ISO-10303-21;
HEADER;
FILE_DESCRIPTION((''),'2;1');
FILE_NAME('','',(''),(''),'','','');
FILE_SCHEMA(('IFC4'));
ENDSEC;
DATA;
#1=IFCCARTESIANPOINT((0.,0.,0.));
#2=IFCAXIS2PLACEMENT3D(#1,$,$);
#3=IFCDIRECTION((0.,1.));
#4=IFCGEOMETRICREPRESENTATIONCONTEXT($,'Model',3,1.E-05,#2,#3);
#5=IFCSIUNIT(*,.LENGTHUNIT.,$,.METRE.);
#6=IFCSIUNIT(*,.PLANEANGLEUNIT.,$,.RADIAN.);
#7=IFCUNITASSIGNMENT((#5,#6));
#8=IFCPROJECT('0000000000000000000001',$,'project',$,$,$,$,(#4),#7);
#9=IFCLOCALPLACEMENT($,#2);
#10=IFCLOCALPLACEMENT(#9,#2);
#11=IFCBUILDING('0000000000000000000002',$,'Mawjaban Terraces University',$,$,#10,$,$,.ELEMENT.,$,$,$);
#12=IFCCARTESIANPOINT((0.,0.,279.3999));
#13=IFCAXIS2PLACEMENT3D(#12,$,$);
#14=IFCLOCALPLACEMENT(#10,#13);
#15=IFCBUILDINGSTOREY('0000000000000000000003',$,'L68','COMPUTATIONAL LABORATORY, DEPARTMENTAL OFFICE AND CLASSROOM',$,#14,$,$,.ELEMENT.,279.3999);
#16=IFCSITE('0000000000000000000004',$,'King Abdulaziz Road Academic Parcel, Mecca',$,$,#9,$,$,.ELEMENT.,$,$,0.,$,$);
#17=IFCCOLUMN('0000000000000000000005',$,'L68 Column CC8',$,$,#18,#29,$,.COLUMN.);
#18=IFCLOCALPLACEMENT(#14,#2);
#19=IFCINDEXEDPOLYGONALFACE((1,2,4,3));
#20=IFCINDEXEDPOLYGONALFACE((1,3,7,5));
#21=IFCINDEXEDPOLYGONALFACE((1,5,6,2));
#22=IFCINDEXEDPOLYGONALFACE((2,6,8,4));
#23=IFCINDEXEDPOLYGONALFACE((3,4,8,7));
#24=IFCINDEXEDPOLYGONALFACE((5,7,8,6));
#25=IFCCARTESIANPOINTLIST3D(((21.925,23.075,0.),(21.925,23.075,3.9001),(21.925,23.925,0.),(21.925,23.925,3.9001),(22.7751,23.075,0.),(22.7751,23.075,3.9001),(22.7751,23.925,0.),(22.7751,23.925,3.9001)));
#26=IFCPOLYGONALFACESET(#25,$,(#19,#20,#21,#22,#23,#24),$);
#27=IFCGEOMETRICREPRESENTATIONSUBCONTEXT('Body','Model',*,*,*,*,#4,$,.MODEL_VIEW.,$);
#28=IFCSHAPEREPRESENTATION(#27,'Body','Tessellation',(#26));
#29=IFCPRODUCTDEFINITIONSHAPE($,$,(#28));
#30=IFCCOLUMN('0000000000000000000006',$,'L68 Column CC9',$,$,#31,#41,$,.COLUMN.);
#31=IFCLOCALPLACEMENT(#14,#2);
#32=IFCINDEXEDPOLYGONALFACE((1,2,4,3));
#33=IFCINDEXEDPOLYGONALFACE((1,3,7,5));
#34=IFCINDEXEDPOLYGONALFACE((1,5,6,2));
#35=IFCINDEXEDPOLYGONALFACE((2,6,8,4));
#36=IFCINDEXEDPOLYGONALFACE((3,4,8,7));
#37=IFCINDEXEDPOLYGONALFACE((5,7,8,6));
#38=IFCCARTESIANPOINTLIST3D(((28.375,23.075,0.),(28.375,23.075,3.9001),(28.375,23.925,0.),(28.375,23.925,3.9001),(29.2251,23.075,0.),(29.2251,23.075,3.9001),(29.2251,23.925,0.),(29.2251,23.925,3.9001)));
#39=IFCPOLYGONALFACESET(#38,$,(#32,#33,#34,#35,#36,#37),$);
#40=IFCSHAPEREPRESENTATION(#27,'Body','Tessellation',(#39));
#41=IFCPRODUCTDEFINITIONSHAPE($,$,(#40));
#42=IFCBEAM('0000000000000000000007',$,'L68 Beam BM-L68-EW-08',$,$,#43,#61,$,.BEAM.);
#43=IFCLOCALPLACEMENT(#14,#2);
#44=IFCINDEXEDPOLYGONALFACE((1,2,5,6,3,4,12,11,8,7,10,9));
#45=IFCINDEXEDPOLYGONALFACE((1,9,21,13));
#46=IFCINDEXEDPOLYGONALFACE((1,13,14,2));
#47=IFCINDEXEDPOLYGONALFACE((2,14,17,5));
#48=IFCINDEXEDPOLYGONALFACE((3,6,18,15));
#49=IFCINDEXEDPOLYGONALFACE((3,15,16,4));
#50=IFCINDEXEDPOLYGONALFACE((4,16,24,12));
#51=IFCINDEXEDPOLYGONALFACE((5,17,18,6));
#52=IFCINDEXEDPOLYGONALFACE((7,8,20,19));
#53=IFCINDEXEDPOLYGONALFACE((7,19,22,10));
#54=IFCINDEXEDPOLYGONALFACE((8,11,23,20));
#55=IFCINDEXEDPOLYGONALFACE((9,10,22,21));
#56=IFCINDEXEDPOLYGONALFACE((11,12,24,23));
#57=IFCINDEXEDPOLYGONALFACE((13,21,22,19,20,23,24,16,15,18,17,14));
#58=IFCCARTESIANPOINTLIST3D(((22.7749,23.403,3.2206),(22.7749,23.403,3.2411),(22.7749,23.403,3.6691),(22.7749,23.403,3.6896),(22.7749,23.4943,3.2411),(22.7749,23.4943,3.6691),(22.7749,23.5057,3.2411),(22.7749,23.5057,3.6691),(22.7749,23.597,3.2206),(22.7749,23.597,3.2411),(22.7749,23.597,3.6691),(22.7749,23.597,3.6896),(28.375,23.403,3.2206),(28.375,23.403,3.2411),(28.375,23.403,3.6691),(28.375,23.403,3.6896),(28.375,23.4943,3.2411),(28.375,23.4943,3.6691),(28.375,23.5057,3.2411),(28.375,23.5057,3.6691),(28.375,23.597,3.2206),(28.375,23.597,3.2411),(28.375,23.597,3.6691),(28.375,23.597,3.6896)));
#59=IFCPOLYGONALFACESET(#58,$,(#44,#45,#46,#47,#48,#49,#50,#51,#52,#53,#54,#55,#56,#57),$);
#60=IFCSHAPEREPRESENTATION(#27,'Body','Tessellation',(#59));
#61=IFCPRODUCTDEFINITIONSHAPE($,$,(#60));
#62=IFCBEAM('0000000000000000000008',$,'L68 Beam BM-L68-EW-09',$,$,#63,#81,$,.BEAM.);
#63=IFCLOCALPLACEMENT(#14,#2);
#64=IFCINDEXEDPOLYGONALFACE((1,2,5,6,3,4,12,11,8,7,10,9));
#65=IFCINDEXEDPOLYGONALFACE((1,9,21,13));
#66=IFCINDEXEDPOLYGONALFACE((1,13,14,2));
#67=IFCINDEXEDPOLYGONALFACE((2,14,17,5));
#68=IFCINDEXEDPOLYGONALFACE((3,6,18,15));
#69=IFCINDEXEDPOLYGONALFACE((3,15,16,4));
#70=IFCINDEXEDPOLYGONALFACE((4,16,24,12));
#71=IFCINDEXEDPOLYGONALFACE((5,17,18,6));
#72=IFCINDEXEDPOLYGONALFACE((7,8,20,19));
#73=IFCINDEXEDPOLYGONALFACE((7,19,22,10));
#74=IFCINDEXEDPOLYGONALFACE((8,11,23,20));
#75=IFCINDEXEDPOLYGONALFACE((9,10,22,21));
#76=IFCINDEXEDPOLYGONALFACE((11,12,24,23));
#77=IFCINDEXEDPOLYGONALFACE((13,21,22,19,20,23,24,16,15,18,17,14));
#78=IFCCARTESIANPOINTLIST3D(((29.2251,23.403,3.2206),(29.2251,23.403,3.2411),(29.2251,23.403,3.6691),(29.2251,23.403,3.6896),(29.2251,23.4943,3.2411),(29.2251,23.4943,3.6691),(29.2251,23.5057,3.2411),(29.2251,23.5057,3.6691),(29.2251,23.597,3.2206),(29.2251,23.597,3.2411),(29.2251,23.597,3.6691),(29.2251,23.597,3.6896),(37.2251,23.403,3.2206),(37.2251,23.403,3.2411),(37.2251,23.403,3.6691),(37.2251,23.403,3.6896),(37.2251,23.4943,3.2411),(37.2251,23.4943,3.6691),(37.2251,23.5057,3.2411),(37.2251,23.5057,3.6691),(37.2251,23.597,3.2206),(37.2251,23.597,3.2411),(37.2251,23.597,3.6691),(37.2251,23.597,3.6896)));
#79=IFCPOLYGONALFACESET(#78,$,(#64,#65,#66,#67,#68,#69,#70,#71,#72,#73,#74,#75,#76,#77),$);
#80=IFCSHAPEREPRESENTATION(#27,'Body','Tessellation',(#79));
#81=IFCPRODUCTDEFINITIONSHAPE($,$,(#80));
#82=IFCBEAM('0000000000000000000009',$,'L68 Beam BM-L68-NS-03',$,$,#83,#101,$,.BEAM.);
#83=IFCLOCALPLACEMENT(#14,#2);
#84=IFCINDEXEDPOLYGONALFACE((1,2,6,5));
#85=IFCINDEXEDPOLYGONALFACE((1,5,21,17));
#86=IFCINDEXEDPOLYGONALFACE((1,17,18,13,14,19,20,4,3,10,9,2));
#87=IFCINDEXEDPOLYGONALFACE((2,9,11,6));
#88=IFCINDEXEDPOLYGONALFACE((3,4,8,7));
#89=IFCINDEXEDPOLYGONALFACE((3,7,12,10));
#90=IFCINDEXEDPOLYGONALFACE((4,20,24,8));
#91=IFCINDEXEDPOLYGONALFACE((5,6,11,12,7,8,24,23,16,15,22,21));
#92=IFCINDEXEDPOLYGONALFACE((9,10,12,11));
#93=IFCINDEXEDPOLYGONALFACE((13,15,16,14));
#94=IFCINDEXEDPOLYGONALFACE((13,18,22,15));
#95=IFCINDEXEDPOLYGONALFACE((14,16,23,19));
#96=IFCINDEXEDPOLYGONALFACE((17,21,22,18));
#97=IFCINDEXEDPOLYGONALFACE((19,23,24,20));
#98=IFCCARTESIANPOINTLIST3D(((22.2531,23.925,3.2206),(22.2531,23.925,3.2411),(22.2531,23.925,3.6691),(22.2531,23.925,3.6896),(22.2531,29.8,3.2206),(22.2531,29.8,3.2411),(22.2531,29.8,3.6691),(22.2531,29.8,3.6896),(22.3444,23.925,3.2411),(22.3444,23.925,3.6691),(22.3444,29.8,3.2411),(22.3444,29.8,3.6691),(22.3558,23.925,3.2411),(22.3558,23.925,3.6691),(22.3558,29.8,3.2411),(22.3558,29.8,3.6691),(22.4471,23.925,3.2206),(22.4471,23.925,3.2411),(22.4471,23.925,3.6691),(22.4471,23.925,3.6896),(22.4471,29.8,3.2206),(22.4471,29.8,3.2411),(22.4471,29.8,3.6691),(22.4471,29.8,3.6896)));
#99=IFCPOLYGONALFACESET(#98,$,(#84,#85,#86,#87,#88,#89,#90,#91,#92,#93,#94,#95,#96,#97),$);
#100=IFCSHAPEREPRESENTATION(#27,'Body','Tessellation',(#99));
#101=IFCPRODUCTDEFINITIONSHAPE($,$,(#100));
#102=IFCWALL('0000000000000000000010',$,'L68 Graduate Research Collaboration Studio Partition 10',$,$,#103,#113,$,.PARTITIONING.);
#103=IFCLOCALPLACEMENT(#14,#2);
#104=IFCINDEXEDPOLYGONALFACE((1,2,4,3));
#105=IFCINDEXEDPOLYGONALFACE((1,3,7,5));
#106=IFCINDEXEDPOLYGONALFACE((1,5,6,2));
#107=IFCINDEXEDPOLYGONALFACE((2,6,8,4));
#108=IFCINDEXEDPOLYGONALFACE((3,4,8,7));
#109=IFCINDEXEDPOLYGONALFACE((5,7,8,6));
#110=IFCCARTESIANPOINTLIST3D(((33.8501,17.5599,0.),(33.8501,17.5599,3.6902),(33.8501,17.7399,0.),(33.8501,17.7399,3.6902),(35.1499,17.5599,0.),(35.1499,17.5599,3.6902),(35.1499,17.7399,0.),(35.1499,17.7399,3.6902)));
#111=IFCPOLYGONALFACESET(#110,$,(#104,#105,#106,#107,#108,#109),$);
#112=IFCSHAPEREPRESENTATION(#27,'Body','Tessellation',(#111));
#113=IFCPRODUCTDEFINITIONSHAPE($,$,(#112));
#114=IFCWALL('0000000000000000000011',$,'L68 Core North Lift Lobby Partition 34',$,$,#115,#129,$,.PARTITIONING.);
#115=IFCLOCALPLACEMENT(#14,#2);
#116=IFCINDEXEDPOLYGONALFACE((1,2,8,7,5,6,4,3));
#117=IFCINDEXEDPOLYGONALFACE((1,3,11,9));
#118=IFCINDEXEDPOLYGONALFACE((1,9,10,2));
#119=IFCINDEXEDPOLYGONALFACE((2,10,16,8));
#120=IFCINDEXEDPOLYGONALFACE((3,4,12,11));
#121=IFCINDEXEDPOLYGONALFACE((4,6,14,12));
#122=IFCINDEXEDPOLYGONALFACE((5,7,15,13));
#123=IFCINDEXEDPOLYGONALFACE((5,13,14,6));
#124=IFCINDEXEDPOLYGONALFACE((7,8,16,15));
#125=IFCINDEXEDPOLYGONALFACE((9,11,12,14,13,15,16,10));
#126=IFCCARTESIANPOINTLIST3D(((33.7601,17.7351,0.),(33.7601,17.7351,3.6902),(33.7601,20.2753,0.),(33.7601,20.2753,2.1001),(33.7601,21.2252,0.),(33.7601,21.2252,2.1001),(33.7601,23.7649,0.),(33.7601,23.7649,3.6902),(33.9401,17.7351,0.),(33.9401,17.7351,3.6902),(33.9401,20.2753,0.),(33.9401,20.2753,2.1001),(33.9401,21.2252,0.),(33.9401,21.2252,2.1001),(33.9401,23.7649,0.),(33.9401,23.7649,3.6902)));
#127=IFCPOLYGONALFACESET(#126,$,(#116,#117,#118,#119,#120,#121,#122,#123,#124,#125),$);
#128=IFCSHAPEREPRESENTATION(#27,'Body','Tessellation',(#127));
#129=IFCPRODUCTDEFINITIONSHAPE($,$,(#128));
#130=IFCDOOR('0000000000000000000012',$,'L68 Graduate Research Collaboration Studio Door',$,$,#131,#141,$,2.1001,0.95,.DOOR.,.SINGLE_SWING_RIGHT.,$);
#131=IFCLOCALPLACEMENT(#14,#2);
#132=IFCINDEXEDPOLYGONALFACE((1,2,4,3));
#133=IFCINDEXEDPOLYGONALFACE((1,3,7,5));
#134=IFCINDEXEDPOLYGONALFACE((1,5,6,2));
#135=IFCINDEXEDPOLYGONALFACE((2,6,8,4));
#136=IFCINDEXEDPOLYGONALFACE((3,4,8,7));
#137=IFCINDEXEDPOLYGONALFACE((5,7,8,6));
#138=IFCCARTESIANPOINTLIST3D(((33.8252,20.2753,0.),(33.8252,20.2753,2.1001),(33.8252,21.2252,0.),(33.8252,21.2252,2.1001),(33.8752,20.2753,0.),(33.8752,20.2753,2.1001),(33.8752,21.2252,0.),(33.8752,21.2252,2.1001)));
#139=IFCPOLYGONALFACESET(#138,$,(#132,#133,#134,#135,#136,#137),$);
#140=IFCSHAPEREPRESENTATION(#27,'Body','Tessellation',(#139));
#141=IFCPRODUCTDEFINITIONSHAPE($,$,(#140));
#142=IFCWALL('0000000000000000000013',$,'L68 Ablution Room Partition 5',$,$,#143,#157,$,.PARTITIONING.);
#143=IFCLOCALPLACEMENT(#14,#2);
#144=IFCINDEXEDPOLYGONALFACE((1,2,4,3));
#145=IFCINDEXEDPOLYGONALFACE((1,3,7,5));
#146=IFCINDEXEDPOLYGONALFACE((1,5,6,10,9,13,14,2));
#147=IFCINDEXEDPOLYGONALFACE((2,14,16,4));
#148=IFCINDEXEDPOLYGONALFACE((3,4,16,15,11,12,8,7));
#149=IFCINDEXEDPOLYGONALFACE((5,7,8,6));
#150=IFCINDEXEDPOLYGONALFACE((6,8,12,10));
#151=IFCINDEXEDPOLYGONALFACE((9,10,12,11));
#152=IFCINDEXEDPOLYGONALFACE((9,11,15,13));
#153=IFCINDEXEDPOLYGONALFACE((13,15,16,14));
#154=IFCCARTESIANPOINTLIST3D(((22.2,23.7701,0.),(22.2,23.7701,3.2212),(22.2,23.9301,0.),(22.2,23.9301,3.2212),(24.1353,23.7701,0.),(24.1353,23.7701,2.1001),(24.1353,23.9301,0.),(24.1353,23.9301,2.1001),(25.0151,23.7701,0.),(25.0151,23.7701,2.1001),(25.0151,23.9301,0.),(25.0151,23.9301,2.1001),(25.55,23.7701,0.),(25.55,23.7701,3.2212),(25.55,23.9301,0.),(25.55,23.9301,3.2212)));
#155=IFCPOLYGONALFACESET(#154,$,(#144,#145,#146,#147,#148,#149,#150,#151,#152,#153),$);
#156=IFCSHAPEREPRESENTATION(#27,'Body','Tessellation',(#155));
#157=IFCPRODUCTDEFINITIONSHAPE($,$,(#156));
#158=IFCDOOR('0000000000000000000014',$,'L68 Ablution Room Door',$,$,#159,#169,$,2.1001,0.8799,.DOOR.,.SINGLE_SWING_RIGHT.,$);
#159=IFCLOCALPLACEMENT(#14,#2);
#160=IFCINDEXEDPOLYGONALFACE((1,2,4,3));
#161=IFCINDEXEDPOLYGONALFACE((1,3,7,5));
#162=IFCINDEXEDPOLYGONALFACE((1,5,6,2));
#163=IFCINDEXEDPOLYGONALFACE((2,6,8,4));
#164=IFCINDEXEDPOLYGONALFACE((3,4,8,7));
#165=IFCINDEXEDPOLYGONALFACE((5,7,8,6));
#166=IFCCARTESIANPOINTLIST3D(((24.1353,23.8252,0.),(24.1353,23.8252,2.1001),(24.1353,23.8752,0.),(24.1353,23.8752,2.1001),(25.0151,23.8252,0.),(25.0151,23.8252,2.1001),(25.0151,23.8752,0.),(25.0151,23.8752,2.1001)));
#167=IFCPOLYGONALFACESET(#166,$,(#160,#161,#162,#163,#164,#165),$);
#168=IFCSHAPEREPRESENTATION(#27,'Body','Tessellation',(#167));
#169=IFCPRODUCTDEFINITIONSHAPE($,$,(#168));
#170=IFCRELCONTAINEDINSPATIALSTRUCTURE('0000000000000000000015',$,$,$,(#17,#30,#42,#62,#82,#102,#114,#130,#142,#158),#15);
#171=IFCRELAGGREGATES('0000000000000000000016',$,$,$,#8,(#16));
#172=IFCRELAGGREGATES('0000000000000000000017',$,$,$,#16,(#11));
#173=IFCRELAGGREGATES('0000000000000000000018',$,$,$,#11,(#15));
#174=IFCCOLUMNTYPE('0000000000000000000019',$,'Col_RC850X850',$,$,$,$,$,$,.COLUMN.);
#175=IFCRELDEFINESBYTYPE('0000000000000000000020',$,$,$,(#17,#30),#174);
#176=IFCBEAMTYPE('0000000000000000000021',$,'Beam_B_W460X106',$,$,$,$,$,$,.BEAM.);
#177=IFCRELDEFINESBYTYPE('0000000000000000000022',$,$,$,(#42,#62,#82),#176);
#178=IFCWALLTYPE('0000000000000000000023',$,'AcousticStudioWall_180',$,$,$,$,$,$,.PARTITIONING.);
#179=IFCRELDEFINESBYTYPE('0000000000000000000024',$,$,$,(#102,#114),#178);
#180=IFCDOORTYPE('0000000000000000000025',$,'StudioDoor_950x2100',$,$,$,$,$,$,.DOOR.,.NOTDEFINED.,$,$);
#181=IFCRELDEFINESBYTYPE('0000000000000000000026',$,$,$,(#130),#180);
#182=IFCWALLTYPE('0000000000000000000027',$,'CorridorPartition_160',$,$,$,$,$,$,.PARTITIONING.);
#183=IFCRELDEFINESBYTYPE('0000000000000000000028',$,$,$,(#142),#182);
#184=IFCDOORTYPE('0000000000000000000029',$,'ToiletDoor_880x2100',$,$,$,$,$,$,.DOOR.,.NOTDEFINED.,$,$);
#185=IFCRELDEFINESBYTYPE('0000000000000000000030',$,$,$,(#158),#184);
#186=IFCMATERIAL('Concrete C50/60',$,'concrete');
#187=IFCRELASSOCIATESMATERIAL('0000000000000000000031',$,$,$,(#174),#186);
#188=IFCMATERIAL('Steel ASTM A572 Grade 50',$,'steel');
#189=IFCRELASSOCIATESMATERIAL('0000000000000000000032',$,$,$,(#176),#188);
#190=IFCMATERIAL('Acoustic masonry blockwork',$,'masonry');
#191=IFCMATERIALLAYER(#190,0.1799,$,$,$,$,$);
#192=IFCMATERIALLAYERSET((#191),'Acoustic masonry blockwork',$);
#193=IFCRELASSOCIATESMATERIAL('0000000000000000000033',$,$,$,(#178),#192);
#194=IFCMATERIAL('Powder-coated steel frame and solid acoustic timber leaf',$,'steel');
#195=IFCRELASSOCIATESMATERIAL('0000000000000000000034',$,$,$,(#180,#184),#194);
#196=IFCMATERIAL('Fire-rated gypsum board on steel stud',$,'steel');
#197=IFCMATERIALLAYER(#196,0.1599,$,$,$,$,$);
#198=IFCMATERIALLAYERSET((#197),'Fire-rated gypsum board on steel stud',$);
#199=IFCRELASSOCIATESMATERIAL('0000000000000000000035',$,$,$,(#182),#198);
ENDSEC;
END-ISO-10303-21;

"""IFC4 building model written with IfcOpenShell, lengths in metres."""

from ifc_helpers import new_model, si_unit, direction, frame, frame_2d, origin, origin_2d, place, context, subcontext, project, spatial, rectangle, i_section, extrude, material, layer, layer_set, material_profile, profile_set, type_object, element, fill, save


model = new_model("IFC4")

# Units and contexts
model_context = context("Model", 3, precision=1e-05, world=origin(), true_north=direction((0.0, 1.0)))
body_context = subcontext(model_context, "Body", "Model", "MODEL_VIEW")
ifc_project = project(units=[si_unit("LENGTHUNIT", "METRE"), si_unit("PLANEANGLEUNIT", "RADIAN")], contexts=[model_context])

# Site, building, storey
site_placement = place(None, origin())
site = spatial("IfcSite", under=ifc_project, at=site_placement, Name="King Abdulaziz Road Academic Parcel, Mecca", CompositionType="ELEMENT", RefElevation=0.0)
building_placement = place(site_placement, origin())
building = spatial("IfcBuilding", under=site, at=building_placement, Name="Mawjaban Terraces University", CompositionType="ELEMENT")
storey_placement = place(building_placement, frame((0.0, 0.0, 279.3999)))
storey = spatial("IfcBuildingStorey", under=building, at=storey_placement, Name="L68", Description="COMPUTATIONAL LABORATORY, DEPARTMENTAL OFFICE AND CLASSROOM", CompositionType="ELEMENT", Elevation=279.3999)

# Columns
ifc_material_1 = material(Name="Concrete C50/60", Category="concrete")
ifc_material_profile_1 = material_profile(ifc_material_1, rectangle(XDim=0.8501, YDim=0.8501, at=origin_2d()), Name="RC850X850")
ifc_profile_set_1 = profile_set([ifc_material_profile_1], Name="Concrete C50/60")
column_type = type_object("IfcColumnType", Name="Col_RC850X850", PredefinedType="COLUMN", material=ifc_profile_set_1)
for number, where, z_axis, x_axis, name in (
    (1, (22.3501, 23.5, 0.0), (0.0, 0.0, 1.0), (1.0, 0.0, 0.0), "L68 Column CC8"),
    (2, (28.8, 23.5, 0.0), (0.0, 0.0, 1.0), (1.0, 0.0, 0.0), "L68 Column CC9"),
):
    element("IfcColumn", number, at=place(storey_placement, frame(where, z_axis=z_axis, x_axis=x_axis)), inside=storey, type_object=column_type, Name=name, PredefinedType="COLUMN", context=body_context, shape_type="SweptSolid", body=[
        extrude(rectangle(XDim=0.8501, YDim=0.8501, at=origin_2d()), origin(), (0.0, 0.0, 1.0), 3.9001),
    ])

# Beams
ifc_material_2 = material(Name="Steel ASTM A572 Grade 50", Category="steel")
ifc_material_profile_2 = material_profile(ifc_material_2, i_section(OverallWidth=0.1941, OverallDepth=0.469, WebThickness=0.0115, FlangeThickness=0.0205, at=origin_2d()), Name="W460X106")
ifc_profile_set_2 = profile_set([ifc_material_profile_2], Name="Steel ASTM A572 Grade 50")
beam_type = type_object("IfcBeamType", Name="Beam_B_W460X106", PredefinedType="BEAM", material=ifc_profile_set_2)
beam_1_placement = place(storey_placement, frame((22.7749, 23.5, 3.4551), z_axis=(1.0, 0.0, 0.0), x_axis=(0.0, 1.0, 0.0)))
element("IfcBeam", 3, at=beam_1_placement, inside=storey, type_object=beam_type, Name="L68 Beam BM-L68-EW-08", PredefinedType="BEAM", context=body_context, shape_type="SweptSolid", body=[
    extrude(i_section(OverallWidth=0.1941, OverallDepth=0.469, WebThickness=0.0115, FlangeThickness=0.0205, at=origin_2d()), origin(), (0.0, 0.0, 1.0), 5.6001),
])
beam_2_placement = place(storey_placement, frame((29.2251, 23.5, 3.4551), z_axis=(1.0, 0.0, 0.0), x_axis=(0.0, 1.0, 0.0)))
element("IfcBeam", 4, at=beam_2_placement, inside=storey, type_object=beam_type, Name="L68 Beam BM-L68-EW-09", PredefinedType="BEAM", context=body_context, shape_type="SweptSolid", body=[
    extrude(i_section(OverallWidth=0.1941, OverallDepth=0.469, WebThickness=0.0115, FlangeThickness=0.0205, at=origin_2d()), origin(), (0.0, 0.0, 1.0), 8.0),
])
beam_3_placement = place(storey_placement, frame((22.3501, 23.925, 3.4551), z_axis=(0.0, 1.0, 0.0), x_axis=(-1.0, 0.0, 0.0)))
element("IfcBeam", 5, at=beam_3_placement, inside=storey, type_object=beam_type, Name="L68 Beam BM-L68-NS-03", PredefinedType="BEAM", context=body_context, shape_type="SweptSolid", body=[
    extrude(i_section(OverallWidth=0.1941, OverallDepth=0.469, WebThickness=0.0115, FlangeThickness=0.0205, at=origin_2d()), origin(), (0.0, 0.0, 1.0), 5.875),
])

# Wall
ifc_material_3 = material(Name="Acoustic masonry blockwork", Category="masonry")
ifc_layer_1 = layer(ifc_material_3, 0.1799)
ifc_layer_set_1 = layer_set([ifc_layer_1], Name="Acoustic masonry blockwork")
wall_type_1 = type_object("IfcWallType", Name="AcousticStudioWall_180", PredefinedType="PARTITIONING", material=ifc_layer_set_1)
wall_1_placement = place(storey_placement, frame((33.8501, 17.6499, 0.0), z_axis=(0.0, 0.0, 1.0), x_axis=(1.0, 0.0, 0.0)))
element("IfcWall", 6, at=wall_1_placement, inside=storey, type_object=wall_type_1, Name="L68 Graduate Research Collaboration Studio Partition 10", PredefinedType="PARTITIONING", context=body_context, shape_type="SweptSolid", body=[
    extrude(rectangle(XDim=1.2998, YDim=0.1799, at=frame_2d((0.6499, 0.0))), origin(), (0.0, 0.0, 1.0), 3.6902),
])

# Walls, openings, doors
wall_2_placement = place(storey_placement, frame((33.8501, 17.7351, 0.0), z_axis=(0.0, 0.0, 1.0), x_axis=(0.0, 1.0, 0.0)))
wall_2 = element("IfcWall", 7, at=wall_2_placement, inside=storey, type_object=wall_type_1, Name="L68 Core North Lift Lobby Partition 34", PredefinedType="PARTITIONING", context=body_context, shape_type="SweptSolid", body=[
    extrude(rectangle(XDim=6.0298, YDim=0.1799, at=frame_2d((3.0149, 0.0))), origin(), (0.0, 0.0, 1.0), 3.6902),
])
opening_1_placement = place(wall_2_placement, frame((2.54, 0.0, 0.0)))
opening_1 = element("IfcOpeningElement", 8, at=opening_1_placement, cuts=wall_2, PredefinedType="OPENING", context=body_context, shape_type="SweptSolid", body=[
    extrude(rectangle(XDim=0.95, YDim=2.1001, at=frame_2d((0.4751, 1.05))), frame((0.0, 0.0999, 0.0), z_axis=(0.0, -1.0, 0.0), x_axis=(1.0, 0.0, 0.0)), (0.0, 0.0, 1.0), 0.2),
])
ifc_material_4 = material(Name="Powder-coated steel frame and solid acoustic timber leaf", Category="steel")
door_type_1 = type_object("IfcDoorType", Name="StudioDoor_950x2100", OperationType="NOTDEFINED", PredefinedType="DOOR", material=ifc_material_4)
door_1_placement = place(opening_1_placement, origin())
door_1 = element("IfcDoor", 9, at=door_1_placement, inside=storey, type_object=door_type_1, Name="L68 Graduate Research Collaboration Studio Door", OperationType="SINGLE_SWING_RIGHT", OverallHeight=2.1001, OverallWidth=0.95, PredefinedType="DOOR", context=body_context, shape_type="SweptSolid", body=[
    extrude(rectangle(XDim=0.95, YDim=2.1001, at=frame_2d((0.4751, 1.05))), frame((0.0, 0.0249, 0.0), z_axis=(0.0, -1.0, 0.0), x_axis=(1.0, 0.0, 0.0)), (0.0, 0.0, 1.0), 0.05),
])
fill(opening_1, door_1)
ifc_material_5 = material(Name="Fire-rated gypsum board on steel stud", Category="steel")
ifc_layer_2 = layer(ifc_material_5, 0.1599)
ifc_layer_set_2 = layer_set([ifc_layer_2], Name="Fire-rated gypsum board on steel stud")
wall_type_2 = type_object("IfcWallType", Name="CorridorPartition_160", PredefinedType="PARTITIONING", material=ifc_layer_set_2)
wall_3_placement = place(storey_placement, frame((25.55, 23.8501, 0.0), z_axis=(0.0, 0.0, 1.0), x_axis=(-1.0, 0.0, 0.0)))
wall_3 = element("IfcWall", 10, at=wall_3_placement, inside=storey, type_object=wall_type_2, Name="L68 Ablution Room Partition 5", PredefinedType="PARTITIONING", context=body_context, shape_type="SweptSolid", body=[
    extrude(rectangle(XDim=3.3501, YDim=0.1599, at=frame_2d((1.675, 0.0))), origin(), (0.0, 0.0, 1.0), 3.2212),
])
opening_2_placement = place(wall_3_placement, frame((0.5349, 0.0, 0.0)))
opening_2 = element("IfcOpeningElement", 11, at=opening_2_placement, cuts=wall_3, PredefinedType="OPENING", context=body_context, shape_type="SweptSolid", body=[
    extrude(rectangle(XDim=0.8799, YDim=2.1001, at=frame_2d((0.4399, 1.05))), frame((0.0, 0.0898, 0.0), z_axis=(0.0, -1.0, 0.0), x_axis=(1.0, 0.0, 0.0)), (0.0, 0.0, 1.0), 0.1799),
])
door_type_2 = type_object("IfcDoorType", Name="ToiletDoor_880x2100", OperationType="NOTDEFINED", PredefinedType="DOOR", material=ifc_material_4)
door_2_placement = place(opening_2_placement, origin())
door_2 = element("IfcDoor", 12, at=door_2_placement, inside=storey, type_object=door_type_2, Name="L68 Ablution Room Door", OperationType="SINGLE_SWING_RIGHT", OverallHeight=2.1001, OverallWidth=0.8799, PredefinedType="DOOR", context=body_context, shape_type="SweptSolid", body=[
    extrude(rectangle(XDim=0.8799, YDim=2.1001, at=frame_2d((0.4399, 1.05))), frame((0.0, 0.0249, 0.0), z_axis=(0.0, -1.0, 0.0), x_axis=(1.0, 0.0, 0.0)), (0.0, 0.0, 1.0), 0.05),
])
fill(opening_2, door_2)

save(model, "model.ifc")
